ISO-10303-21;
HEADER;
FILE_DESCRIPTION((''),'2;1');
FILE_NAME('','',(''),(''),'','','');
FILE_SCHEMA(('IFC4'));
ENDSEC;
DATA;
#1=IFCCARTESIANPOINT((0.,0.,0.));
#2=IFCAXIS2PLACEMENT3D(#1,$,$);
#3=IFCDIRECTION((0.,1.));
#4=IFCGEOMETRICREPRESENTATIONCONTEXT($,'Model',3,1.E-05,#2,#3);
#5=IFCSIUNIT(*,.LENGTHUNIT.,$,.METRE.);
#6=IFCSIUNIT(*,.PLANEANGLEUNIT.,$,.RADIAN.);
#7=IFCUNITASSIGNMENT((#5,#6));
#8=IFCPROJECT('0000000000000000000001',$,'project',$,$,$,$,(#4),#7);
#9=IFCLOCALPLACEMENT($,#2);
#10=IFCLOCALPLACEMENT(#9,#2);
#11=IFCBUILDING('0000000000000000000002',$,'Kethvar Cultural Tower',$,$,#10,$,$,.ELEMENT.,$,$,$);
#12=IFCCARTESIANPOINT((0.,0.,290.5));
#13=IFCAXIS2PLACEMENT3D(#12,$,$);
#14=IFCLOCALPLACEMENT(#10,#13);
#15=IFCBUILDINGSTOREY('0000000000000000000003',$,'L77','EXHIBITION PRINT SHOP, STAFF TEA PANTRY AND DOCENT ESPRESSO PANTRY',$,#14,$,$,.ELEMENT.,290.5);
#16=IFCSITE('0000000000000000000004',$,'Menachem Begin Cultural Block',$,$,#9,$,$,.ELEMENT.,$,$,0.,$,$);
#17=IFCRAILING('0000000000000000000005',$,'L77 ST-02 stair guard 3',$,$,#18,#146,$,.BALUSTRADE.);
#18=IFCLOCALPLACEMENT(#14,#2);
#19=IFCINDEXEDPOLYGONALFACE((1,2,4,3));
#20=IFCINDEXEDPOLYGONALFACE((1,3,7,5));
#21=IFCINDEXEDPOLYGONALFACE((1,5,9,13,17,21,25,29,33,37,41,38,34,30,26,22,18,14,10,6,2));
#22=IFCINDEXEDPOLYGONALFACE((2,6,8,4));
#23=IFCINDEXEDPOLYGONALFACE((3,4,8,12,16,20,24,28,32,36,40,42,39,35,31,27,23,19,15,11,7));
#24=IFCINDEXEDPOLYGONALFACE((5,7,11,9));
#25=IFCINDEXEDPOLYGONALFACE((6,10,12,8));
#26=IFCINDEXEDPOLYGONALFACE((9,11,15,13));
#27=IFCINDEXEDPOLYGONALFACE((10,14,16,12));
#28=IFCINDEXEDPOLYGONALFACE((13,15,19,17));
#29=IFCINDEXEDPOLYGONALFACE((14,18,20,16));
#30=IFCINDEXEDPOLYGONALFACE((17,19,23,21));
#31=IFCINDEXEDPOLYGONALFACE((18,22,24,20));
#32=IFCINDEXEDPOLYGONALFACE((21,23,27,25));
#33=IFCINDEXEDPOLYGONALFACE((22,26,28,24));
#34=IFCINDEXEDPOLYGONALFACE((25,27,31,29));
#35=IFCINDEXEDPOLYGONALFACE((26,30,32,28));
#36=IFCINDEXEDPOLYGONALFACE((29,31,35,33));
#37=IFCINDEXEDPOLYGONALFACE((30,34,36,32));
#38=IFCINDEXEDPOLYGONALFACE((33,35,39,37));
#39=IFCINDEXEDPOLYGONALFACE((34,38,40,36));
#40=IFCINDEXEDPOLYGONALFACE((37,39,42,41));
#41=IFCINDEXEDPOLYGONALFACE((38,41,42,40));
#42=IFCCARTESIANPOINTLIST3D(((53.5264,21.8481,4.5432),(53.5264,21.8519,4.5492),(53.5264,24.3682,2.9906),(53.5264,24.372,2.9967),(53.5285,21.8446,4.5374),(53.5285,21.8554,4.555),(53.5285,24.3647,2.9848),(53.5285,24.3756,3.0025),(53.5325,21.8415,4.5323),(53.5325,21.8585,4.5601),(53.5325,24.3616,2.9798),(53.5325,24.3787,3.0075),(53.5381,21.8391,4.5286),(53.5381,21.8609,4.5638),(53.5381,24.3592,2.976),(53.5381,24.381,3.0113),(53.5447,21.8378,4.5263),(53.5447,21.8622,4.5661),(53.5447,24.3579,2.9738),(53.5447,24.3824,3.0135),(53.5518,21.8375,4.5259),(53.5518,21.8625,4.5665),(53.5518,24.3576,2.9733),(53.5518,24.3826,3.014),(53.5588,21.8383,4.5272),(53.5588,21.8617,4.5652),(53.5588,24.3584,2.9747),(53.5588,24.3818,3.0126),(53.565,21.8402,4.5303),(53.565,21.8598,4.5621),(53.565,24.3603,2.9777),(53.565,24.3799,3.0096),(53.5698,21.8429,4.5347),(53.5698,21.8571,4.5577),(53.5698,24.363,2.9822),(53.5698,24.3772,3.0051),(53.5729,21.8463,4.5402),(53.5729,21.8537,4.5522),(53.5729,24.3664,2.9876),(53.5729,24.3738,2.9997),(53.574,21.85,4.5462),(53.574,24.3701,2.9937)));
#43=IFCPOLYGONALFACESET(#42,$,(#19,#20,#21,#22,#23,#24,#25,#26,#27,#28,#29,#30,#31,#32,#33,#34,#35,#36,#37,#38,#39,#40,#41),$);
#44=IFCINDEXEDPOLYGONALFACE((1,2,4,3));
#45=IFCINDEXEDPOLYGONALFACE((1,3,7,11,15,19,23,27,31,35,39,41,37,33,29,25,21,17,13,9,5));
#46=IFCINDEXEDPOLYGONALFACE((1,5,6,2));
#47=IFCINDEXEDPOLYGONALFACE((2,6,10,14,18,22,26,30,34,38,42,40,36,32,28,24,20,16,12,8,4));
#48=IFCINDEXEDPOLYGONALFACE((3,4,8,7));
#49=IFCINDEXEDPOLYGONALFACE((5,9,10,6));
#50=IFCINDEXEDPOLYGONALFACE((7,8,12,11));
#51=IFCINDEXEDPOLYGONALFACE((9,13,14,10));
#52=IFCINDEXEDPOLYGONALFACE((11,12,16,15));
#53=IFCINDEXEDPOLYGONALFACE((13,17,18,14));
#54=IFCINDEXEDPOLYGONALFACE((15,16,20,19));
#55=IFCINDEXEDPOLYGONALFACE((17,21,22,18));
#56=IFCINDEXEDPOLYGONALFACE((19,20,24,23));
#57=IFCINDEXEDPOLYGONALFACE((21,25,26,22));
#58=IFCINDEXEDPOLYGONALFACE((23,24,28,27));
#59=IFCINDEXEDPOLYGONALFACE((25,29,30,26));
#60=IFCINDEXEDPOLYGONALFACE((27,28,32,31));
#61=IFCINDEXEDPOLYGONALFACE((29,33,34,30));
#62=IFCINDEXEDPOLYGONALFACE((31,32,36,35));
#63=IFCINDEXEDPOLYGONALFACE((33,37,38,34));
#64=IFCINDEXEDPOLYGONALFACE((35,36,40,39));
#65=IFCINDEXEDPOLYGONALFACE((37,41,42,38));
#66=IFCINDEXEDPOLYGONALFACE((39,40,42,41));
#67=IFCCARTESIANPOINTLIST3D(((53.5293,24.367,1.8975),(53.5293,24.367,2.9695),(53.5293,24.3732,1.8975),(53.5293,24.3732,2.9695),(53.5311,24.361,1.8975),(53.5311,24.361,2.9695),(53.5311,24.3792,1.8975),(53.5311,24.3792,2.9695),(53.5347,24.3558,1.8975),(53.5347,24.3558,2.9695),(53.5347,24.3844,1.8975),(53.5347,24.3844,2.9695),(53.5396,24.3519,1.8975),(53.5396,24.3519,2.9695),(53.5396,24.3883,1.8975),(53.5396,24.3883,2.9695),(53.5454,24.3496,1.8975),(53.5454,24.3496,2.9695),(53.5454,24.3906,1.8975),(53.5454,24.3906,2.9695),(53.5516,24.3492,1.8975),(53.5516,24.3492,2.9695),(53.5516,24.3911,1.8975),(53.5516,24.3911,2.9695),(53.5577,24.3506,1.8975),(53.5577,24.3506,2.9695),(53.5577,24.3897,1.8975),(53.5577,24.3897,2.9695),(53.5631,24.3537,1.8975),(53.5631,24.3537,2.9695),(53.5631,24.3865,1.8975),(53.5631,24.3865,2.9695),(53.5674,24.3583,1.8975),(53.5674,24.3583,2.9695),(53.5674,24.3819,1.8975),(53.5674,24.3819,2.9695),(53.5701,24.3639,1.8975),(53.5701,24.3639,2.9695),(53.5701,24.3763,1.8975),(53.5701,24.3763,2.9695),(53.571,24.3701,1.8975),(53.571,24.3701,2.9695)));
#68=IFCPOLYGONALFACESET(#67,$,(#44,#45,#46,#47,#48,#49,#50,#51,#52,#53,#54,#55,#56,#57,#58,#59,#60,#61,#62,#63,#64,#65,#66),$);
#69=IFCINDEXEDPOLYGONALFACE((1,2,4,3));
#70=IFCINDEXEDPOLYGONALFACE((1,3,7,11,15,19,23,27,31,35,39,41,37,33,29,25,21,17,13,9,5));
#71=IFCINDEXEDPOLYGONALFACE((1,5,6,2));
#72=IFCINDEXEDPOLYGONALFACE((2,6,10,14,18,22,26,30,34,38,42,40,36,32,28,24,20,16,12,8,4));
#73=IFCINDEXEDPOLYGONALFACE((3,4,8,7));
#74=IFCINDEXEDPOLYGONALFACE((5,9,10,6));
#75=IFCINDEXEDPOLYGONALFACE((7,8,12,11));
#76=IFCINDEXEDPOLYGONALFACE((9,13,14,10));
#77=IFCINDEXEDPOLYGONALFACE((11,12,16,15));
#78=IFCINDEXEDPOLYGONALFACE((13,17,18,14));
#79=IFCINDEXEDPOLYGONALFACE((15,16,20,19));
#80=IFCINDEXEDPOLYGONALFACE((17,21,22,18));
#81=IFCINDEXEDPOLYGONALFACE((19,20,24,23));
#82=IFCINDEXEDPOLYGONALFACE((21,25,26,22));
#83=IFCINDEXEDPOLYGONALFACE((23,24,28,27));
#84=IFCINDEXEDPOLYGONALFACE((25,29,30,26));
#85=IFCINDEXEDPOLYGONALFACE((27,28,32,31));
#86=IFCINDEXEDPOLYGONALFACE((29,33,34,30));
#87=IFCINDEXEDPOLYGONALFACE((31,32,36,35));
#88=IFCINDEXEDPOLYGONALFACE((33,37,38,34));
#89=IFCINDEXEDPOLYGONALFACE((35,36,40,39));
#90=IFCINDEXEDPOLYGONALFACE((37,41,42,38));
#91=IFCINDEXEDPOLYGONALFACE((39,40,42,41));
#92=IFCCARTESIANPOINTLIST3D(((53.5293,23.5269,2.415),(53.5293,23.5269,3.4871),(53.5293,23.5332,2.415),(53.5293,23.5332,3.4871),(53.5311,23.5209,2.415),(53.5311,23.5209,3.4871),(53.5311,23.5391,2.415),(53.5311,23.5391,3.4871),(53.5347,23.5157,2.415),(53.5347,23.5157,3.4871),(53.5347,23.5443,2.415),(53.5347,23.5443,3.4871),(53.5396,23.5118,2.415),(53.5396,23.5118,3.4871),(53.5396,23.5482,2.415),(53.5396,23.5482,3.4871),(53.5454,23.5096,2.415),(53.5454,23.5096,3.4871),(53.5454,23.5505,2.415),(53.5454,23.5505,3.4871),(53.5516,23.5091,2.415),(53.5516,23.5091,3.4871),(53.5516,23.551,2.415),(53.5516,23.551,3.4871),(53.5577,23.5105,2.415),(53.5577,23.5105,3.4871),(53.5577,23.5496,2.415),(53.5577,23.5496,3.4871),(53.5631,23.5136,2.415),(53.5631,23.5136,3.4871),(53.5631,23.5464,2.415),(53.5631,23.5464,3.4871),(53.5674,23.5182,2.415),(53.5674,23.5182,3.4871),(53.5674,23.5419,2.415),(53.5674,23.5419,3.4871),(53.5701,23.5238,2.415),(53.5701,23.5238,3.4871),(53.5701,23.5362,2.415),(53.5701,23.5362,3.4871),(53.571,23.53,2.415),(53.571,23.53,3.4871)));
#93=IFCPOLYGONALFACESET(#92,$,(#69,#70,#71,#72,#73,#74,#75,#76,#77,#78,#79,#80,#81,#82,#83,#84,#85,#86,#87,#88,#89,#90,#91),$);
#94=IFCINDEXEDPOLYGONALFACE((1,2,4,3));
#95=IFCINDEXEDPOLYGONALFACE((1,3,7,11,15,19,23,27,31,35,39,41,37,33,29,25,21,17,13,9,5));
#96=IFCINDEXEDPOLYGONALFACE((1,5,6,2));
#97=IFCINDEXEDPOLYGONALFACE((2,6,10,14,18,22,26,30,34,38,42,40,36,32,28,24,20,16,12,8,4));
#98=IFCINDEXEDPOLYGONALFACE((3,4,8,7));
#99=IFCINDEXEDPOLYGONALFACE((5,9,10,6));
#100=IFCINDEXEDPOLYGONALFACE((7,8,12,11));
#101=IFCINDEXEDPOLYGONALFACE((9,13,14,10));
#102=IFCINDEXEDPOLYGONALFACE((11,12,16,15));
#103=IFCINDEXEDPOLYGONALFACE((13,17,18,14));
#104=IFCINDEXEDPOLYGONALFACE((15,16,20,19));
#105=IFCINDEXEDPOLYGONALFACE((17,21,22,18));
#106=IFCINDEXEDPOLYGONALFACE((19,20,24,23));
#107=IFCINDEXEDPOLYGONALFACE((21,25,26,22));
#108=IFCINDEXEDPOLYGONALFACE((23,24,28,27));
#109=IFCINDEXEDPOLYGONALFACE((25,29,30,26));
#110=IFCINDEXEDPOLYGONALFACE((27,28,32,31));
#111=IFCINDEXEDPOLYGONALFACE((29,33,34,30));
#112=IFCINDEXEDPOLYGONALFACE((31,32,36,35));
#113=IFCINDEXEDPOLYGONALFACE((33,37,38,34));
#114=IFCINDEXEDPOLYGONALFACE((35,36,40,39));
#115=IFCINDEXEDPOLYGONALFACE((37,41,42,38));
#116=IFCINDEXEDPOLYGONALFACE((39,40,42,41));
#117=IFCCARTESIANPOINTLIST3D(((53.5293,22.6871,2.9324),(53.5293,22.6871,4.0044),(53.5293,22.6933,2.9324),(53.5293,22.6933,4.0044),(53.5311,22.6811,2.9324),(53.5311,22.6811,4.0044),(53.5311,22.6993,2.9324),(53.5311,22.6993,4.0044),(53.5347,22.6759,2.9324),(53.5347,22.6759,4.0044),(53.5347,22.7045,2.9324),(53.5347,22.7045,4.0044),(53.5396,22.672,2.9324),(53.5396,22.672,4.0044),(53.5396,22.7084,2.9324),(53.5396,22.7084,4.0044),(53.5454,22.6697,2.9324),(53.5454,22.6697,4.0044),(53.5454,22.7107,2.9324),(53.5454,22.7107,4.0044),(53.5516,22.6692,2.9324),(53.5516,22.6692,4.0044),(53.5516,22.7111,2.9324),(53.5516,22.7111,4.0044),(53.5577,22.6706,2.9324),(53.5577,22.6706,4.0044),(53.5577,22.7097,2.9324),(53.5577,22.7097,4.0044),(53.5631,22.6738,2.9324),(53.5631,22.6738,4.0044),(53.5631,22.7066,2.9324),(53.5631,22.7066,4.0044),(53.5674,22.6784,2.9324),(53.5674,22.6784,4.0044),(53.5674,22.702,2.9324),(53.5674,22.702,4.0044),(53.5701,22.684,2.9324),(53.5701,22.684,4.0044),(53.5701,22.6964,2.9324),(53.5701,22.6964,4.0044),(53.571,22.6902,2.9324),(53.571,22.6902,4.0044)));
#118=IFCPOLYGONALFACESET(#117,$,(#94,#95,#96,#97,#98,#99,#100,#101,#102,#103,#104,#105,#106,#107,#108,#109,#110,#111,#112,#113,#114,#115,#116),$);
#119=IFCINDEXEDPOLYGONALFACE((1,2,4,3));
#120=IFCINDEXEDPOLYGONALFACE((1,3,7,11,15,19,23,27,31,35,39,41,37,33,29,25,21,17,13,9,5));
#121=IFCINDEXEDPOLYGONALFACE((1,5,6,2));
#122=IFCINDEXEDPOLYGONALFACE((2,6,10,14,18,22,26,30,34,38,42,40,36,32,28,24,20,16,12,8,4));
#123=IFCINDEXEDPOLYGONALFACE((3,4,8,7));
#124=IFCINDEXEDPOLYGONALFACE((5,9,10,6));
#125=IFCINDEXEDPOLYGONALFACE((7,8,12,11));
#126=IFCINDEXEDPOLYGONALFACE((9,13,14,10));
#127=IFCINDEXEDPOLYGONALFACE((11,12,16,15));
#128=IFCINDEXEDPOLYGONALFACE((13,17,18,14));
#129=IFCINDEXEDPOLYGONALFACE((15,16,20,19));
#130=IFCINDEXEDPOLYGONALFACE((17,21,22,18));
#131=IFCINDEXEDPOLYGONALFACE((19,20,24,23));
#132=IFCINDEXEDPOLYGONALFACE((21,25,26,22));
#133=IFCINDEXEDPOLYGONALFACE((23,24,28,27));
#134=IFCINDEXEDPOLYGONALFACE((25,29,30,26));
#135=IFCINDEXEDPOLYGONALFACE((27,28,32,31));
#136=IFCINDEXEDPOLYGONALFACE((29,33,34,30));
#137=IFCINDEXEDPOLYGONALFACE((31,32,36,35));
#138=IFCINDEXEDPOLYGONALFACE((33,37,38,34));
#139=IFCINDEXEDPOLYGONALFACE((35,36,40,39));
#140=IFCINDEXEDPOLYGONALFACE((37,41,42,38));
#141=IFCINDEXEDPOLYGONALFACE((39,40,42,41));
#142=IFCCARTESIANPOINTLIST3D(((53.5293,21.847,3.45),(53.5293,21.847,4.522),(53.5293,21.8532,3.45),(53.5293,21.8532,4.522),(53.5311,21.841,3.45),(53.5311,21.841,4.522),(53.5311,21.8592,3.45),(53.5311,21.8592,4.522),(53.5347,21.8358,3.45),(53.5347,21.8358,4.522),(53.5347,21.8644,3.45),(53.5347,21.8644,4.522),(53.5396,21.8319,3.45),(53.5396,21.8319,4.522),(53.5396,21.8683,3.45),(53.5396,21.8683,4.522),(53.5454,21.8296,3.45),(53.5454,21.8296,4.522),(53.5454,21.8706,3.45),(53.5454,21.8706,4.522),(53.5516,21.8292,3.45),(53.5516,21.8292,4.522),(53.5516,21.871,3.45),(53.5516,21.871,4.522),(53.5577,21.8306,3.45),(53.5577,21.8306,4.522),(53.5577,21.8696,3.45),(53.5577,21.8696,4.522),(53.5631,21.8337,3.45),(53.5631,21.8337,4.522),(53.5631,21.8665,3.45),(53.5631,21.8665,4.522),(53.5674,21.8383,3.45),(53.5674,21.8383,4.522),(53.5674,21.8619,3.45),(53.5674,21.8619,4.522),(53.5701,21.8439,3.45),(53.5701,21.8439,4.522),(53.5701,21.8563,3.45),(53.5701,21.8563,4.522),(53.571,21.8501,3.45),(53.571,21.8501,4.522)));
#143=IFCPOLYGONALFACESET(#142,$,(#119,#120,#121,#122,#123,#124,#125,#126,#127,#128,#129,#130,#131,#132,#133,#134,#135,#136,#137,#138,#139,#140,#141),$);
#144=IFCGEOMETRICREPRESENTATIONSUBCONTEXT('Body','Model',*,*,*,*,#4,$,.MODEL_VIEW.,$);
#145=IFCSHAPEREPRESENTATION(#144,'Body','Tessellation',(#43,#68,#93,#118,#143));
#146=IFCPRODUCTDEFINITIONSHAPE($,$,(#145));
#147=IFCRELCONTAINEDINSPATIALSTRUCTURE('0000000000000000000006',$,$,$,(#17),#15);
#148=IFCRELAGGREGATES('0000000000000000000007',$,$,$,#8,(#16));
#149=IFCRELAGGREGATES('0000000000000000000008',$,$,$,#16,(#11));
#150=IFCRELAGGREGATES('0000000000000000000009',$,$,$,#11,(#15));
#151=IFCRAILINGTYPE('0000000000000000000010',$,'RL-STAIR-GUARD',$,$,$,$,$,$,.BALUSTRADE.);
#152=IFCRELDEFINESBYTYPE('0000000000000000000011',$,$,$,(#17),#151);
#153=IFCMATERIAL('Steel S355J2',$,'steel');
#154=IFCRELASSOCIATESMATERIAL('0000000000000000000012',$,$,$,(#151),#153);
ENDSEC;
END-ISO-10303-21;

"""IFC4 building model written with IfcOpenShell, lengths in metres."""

from ifc_helpers import new_model, si_unit, direction, frame, origin, origin_2d, place, context, subcontext, project, spatial, circle, extrude, material, type_object, element, save


model = new_model("IFC4")

# Units and contexts
model_context = context("Model", 3, precision=1e-05, world=origin(), true_north=direction((0.0, 1.0)))
body_context = subcontext(model_context, "Body", "Model", "MODEL_VIEW")
ifc_project = project(units=[si_unit("LENGTHUNIT", "METRE"), si_unit("PLANEANGLEUNIT", "RADIAN")], contexts=[model_context])

# Site, building, storey
site_placement = place(None, origin())
site = spatial("IfcSite", under=ifc_project, at=site_placement, Name="Menachem Begin Cultural Block", CompositionType="ELEMENT", RefElevation=0.0)
building_placement = place(site_placement, origin())
building = spatial("IfcBuilding", under=site, at=building_placement, Name="Kethvar Cultural Tower", CompositionType="ELEMENT")
storey_placement = place(building_placement, frame((0.0, 0.0, 290.5)))
storey = spatial("IfcBuildingStorey", under=building, at=storey_placement, Name="L77", Description="EXHIBITION PRINT SHOP, STAFF TEA PANTRY AND DOCENT ESPRESSO PANTRY", CompositionType="ELEMENT", Elevation=290.5)

# Shared definitions
ifc_material_1 = material(Name="Steel S355J2", Category="steel")

# Railing
railing_type_1 = type_object("IfcRailingType", Name="RL-STAIR-GUARD", PredefinedType="BALUSTRADE", material=ifc_material_1)
railing_1_placement = place(storey_placement, frame((53.55, 24.3701, 1.8975)))
element("IfcRailing", 1, at=railing_1_placement, inside=storey, type_object=railing_type_1, Name="L77 ST-02 stair guard 3", PredefinedType="BALUSTRADE", context=body_context, shape_type="SweptSolid", body=[
    extrude(circle(Radius=0.0239, at=origin_2d()), frame((0.0, 0.0, 1.0962), z_axis=(0.0, -0.8514, 0.524516), x_axis=(1.0, 0.0, 0.0)), (0.0, 0.0, 1.0), 2.96),
    extrude(circle(Radius=0.021, at=origin_2d()), origin(), (0.0, 0.0, 1.0), 1.072),
    extrude(circle(Radius=0.021, at=origin_2d()), frame((0.0, -0.8401, 0.5176)), (0.0, 0.0, 1.0), 1.072),
    extrude(circle(Radius=0.021, at=origin_2d()), frame((0.0, -1.6799, 1.0349)), (0.0, 0.0, 1.0), 1.072),
    extrude(circle(Radius=0.021, at=origin_2d()), frame((0.0, -2.52, 1.5525)), (0.0, 0.0, 1.0), 1.072),
])

save(model, "model.ifc")
